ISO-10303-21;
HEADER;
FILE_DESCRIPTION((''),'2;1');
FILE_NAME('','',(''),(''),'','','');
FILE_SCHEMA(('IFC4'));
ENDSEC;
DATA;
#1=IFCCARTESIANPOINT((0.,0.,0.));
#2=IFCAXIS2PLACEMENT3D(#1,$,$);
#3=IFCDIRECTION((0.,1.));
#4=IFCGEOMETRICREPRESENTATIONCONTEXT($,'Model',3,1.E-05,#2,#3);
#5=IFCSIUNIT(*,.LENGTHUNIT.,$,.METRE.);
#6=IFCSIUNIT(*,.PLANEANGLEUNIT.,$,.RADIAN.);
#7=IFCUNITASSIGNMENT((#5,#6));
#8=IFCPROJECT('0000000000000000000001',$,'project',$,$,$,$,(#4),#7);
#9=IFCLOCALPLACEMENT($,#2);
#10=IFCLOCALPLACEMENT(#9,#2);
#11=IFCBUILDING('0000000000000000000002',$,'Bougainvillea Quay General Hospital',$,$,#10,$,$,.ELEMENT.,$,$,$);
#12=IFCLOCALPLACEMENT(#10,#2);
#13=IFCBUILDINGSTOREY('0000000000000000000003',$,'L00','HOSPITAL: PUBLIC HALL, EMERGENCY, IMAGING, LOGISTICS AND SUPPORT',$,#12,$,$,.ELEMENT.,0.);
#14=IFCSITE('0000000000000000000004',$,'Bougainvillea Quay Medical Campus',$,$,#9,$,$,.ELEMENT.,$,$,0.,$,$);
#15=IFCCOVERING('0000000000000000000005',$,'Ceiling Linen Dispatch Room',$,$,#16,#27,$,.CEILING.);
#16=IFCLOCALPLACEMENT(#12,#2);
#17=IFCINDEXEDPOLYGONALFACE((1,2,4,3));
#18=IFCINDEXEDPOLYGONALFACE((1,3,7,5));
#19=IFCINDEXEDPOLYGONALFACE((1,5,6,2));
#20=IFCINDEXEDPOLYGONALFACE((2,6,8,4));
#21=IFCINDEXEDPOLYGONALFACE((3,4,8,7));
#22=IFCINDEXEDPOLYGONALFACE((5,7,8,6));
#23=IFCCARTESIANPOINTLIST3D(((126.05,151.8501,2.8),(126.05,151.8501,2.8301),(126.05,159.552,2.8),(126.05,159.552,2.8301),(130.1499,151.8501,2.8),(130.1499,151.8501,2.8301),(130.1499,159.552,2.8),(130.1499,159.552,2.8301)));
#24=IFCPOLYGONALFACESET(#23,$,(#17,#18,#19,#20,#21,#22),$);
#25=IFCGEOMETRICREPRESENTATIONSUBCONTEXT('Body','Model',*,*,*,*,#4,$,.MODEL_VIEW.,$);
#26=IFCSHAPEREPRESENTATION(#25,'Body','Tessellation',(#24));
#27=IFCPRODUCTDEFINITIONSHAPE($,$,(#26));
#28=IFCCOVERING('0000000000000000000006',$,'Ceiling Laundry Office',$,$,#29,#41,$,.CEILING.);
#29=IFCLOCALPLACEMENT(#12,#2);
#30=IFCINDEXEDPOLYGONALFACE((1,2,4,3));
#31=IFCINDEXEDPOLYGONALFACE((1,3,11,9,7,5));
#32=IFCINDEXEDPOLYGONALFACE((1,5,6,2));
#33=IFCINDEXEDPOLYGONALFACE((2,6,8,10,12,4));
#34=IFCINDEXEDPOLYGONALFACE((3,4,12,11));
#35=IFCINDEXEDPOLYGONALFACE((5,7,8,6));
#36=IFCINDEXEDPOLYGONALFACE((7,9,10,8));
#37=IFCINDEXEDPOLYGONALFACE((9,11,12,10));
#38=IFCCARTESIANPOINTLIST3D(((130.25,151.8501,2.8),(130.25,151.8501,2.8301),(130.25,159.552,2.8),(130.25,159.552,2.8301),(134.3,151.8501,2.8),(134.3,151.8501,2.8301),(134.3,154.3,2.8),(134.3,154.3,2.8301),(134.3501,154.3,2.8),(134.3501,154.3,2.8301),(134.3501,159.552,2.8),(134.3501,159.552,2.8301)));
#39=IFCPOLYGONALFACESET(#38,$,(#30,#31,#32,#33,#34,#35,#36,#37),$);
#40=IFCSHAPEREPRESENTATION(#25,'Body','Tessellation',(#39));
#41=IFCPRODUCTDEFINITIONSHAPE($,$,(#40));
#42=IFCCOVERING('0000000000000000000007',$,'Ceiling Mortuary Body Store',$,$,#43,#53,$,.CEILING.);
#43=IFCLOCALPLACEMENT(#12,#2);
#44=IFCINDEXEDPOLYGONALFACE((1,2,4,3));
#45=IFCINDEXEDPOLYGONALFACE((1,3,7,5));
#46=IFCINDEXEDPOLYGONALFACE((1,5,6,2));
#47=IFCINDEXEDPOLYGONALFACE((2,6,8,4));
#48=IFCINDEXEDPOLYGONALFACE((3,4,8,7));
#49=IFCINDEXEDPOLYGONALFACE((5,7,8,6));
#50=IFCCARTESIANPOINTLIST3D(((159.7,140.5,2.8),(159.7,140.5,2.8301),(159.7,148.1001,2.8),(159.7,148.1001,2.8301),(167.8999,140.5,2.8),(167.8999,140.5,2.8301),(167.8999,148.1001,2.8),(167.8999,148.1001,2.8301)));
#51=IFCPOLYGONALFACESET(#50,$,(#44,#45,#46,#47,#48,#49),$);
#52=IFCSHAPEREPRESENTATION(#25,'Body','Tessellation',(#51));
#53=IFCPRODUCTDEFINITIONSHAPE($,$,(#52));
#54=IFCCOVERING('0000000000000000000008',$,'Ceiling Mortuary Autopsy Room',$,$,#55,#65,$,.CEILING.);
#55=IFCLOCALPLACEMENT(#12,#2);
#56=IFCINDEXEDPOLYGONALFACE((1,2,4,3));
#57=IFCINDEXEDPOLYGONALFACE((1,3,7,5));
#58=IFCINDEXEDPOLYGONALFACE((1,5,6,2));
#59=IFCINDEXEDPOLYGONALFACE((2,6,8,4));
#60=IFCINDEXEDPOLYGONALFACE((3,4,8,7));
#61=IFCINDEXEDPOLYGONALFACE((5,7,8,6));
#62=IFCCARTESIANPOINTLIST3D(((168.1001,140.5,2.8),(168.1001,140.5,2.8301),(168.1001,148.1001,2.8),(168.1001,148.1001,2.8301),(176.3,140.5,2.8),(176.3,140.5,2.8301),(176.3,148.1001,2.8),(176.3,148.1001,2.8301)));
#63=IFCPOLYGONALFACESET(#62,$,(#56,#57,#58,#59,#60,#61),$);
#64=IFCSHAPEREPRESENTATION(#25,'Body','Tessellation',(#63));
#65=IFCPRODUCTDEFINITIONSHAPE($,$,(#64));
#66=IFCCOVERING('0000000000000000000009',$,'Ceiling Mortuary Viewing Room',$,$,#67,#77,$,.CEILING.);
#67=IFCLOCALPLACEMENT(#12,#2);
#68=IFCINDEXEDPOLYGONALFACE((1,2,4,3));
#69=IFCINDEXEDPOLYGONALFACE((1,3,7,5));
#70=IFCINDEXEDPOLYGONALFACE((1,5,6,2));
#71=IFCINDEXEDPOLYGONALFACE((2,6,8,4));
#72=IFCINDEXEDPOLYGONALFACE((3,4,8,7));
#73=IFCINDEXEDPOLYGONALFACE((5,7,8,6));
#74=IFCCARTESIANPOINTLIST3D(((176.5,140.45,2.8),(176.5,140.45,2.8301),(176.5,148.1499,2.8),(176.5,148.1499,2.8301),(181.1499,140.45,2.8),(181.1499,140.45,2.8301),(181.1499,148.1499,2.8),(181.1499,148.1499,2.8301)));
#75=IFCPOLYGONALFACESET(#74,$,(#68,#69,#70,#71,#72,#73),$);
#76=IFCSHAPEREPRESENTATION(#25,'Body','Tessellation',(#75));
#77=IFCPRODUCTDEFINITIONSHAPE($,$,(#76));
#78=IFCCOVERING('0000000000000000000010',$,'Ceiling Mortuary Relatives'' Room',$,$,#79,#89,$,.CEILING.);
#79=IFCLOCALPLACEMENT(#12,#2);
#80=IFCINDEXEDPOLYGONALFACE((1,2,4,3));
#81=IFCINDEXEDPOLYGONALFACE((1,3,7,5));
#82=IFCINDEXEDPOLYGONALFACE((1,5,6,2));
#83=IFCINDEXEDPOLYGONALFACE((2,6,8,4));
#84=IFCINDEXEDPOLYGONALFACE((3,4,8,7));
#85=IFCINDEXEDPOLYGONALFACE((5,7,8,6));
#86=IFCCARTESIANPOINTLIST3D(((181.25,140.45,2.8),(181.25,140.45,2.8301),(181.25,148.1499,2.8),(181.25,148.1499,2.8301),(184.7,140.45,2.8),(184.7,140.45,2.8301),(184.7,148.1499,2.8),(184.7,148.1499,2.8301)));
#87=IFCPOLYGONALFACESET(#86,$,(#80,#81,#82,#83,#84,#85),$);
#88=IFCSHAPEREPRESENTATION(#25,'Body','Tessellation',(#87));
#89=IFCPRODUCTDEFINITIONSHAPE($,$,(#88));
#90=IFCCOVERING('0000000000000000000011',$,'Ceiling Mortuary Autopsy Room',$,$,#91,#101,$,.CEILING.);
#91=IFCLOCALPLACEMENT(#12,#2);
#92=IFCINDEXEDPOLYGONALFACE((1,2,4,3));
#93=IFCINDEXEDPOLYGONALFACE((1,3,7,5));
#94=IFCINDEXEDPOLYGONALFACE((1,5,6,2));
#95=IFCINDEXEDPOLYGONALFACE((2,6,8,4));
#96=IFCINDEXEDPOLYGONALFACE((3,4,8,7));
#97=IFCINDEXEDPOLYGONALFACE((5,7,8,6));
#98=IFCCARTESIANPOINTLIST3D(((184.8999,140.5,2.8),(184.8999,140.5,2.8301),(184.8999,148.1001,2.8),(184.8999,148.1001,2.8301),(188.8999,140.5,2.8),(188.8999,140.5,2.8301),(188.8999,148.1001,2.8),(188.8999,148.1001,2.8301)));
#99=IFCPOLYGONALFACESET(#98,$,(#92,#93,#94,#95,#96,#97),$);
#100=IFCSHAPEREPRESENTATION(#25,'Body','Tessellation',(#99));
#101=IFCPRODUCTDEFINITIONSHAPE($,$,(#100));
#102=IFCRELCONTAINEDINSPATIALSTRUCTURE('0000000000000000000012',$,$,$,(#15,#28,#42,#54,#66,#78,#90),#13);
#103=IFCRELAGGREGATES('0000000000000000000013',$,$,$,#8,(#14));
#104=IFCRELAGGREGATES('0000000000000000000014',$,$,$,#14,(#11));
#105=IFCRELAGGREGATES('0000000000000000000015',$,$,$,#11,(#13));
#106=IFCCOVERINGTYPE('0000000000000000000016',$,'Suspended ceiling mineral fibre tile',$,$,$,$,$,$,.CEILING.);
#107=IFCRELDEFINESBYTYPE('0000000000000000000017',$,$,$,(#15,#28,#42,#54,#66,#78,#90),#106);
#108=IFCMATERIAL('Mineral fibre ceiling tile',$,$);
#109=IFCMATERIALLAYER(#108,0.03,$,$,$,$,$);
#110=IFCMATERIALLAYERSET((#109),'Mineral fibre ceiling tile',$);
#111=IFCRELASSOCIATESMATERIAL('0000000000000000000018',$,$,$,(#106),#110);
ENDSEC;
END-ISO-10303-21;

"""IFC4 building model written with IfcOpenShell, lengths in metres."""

from ifc_helpers import new_model, si_unit, direction, frame, origin, place, context, subcontext, project, spatial, polyline, outline, extrude, material, layer, layer_set, type_object, element, save


model = new_model("IFC4")

# Units and contexts
model_context = context("Model", 3, precision=1e-05, world=origin(), true_north=direction((0.0, 1.0)))
body_context = subcontext(model_context, "Body", "Model", "MODEL_VIEW")
ifc_project = project(units=[si_unit("LENGTHUNIT", "METRE"), si_unit("PLANEANGLEUNIT", "RADIAN")], contexts=[model_context])

# Site, building, storey
site_placement = place(None, origin())
site = spatial("IfcSite", under=ifc_project, at=site_placement, Name="Bougainvillea Quay Medical Campus", CompositionType="ELEMENT", RefElevation=0.0)
building_placement = place(site_placement, origin())
building = spatial("IfcBuilding", under=site, at=building_placement, Name="Bougainvillea Quay General Hospital", CompositionType="ELEMENT")
storey_placement = place(building_placement, origin())
storey = spatial("IfcBuildingStorey", under=building, at=storey_placement, Name="L00", Description="HOSPITAL: PUBLIC HALL, EMERGENCY, IMAGING, LOGISTICS AND SUPPORT", CompositionType="ELEMENT", Elevation=0.0)

# Coverings
ifc_material = material(Name="Mineral fibre ceiling tile")
ifc_layer = layer(ifc_material, 0.03)
ifc_layer_set = layer_set([ifc_layer], Name="Mineral fibre ceiling tile")
covering_type = type_object("IfcCoveringType", Name="Suspended ceiling mineral fibre tile", PredefinedType="CEILING", material=ifc_layer_set)
covering_1_placement = place(storey_placement, frame((0.0, 0.0, 2.8)))
element("IfcCovering", 1, at=covering_1_placement, inside=storey, type_object=covering_type, Name="Ceiling Linen Dispatch Room", PredefinedType="CEILING", context=body_context, shape_type="SweptSolid", body=[
    extrude(outline(polyline([(130.1499, 151.8501), (130.1499, 159.552), (126.05, 159.552), (126.05, 151.8501), (130.1499, 151.8501)])), origin(), (0.0, 0.0, 1.0), 0.03),
])
covering_2_placement = place(storey_placement, frame((0.0, 0.0, 2.8)))
element("IfcCovering", 2, at=covering_2_placement, inside=storey, type_object=covering_type, Name="Ceiling Laundry Office", PredefinedType="CEILING", context=body_context, shape_type="SweptSolid", body=[
    extrude(outline(polyline([(134.3, 151.8501), (134.3, 154.3), (134.3501, 154.3), (134.3501, 159.552), (130.25, 159.552), (130.25, 151.8501), (134.3, 151.8501)])), origin(), (0.0, 0.0, 1.0), 0.03),
])
covering_3_placement = place(storey_placement, frame((0.0, 0.0, 2.8)))
element("IfcCovering", 3, at=covering_3_placement, inside=storey, type_object=covering_type, Name="Ceiling Mortuary Body Store", PredefinedType="CEILING", context=body_context, shape_type="SweptSolid", body=[
    extrude(outline(polyline([(167.8999, 140.5), (167.8999, 148.1001), (159.7, 148.1001), (159.7, 140.5), (167.8999, 140.5)])), origin(), (0.0, 0.0, 1.0), 0.03),
])
covering_4_placement = place(storey_placement, frame((0.0, 0.0, 2.8)))
element("IfcCovering", 4, at=covering_4_placement, inside=storey, type_object=covering_type, Name="Ceiling Mortuary Autopsy Room", PredefinedType="CEILING", context=body_context, shape_type="SweptSolid", body=[
    extrude(outline(polyline([(176.3, 148.1001), (168.1001, 148.1001), (168.1001, 140.5), (176.3, 140.5), (176.3, 148.1001)])), origin(), (0.0, 0.0, 1.0), 0.03),
])
covering_5_placement = place(storey_placement, frame((0.0, 0.0, 2.8)))
element("IfcCovering", 5, at=covering_5_placement, inside=storey, type_object=covering_type, Name="Ceiling Mortuary Viewing Room", PredefinedType="CEILING", context=body_context, shape_type="SweptSolid", body=[
    extrude(outline(polyline([(181.1499, 140.45), (181.1499, 148.1499), (176.5, 148.1499), (176.5, 140.45), (181.1499, 140.45)])), origin(), (0.0, 0.0, 1.0), 0.03),
])
covering_6_placement = place(storey_placement, frame((0.0, 0.0, 2.8)))
element("IfcCovering", 6, at=covering_6_placement, inside=storey, type_object=covering_type, Name="Ceiling Mortuary Relatives' Room", PredefinedType="CEILING", context=body_context, shape_type="SweptSolid", body=[
    extrude(outline(polyline([(184.7, 140.45), (184.7, 148.1499), (181.25, 148.1499), (181.25, 140.45), (184.7, 140.45)])), origin(), (0.0, 0.0, 1.0), 0.03),
])
covering_7_placement = place(storey_placement, frame((0.0, 0.0, 2.8)))
element("IfcCovering", 7, at=covering_7_placement, inside=storey, type_object=covering_type, Name="Ceiling Mortuary Autopsy Room", PredefinedType="CEILING", context=body_context, shape_type="SweptSolid", body=[
    extrude(outline(polyline([(188.8999, 140.5), (188.8999, 148.1001), (184.8999, 148.1001), (184.8999, 140.5), (188.8999, 140.5)])), origin(), (0.0, 0.0, 1.0), 0.03),
])

save(model, "model.ifc")
